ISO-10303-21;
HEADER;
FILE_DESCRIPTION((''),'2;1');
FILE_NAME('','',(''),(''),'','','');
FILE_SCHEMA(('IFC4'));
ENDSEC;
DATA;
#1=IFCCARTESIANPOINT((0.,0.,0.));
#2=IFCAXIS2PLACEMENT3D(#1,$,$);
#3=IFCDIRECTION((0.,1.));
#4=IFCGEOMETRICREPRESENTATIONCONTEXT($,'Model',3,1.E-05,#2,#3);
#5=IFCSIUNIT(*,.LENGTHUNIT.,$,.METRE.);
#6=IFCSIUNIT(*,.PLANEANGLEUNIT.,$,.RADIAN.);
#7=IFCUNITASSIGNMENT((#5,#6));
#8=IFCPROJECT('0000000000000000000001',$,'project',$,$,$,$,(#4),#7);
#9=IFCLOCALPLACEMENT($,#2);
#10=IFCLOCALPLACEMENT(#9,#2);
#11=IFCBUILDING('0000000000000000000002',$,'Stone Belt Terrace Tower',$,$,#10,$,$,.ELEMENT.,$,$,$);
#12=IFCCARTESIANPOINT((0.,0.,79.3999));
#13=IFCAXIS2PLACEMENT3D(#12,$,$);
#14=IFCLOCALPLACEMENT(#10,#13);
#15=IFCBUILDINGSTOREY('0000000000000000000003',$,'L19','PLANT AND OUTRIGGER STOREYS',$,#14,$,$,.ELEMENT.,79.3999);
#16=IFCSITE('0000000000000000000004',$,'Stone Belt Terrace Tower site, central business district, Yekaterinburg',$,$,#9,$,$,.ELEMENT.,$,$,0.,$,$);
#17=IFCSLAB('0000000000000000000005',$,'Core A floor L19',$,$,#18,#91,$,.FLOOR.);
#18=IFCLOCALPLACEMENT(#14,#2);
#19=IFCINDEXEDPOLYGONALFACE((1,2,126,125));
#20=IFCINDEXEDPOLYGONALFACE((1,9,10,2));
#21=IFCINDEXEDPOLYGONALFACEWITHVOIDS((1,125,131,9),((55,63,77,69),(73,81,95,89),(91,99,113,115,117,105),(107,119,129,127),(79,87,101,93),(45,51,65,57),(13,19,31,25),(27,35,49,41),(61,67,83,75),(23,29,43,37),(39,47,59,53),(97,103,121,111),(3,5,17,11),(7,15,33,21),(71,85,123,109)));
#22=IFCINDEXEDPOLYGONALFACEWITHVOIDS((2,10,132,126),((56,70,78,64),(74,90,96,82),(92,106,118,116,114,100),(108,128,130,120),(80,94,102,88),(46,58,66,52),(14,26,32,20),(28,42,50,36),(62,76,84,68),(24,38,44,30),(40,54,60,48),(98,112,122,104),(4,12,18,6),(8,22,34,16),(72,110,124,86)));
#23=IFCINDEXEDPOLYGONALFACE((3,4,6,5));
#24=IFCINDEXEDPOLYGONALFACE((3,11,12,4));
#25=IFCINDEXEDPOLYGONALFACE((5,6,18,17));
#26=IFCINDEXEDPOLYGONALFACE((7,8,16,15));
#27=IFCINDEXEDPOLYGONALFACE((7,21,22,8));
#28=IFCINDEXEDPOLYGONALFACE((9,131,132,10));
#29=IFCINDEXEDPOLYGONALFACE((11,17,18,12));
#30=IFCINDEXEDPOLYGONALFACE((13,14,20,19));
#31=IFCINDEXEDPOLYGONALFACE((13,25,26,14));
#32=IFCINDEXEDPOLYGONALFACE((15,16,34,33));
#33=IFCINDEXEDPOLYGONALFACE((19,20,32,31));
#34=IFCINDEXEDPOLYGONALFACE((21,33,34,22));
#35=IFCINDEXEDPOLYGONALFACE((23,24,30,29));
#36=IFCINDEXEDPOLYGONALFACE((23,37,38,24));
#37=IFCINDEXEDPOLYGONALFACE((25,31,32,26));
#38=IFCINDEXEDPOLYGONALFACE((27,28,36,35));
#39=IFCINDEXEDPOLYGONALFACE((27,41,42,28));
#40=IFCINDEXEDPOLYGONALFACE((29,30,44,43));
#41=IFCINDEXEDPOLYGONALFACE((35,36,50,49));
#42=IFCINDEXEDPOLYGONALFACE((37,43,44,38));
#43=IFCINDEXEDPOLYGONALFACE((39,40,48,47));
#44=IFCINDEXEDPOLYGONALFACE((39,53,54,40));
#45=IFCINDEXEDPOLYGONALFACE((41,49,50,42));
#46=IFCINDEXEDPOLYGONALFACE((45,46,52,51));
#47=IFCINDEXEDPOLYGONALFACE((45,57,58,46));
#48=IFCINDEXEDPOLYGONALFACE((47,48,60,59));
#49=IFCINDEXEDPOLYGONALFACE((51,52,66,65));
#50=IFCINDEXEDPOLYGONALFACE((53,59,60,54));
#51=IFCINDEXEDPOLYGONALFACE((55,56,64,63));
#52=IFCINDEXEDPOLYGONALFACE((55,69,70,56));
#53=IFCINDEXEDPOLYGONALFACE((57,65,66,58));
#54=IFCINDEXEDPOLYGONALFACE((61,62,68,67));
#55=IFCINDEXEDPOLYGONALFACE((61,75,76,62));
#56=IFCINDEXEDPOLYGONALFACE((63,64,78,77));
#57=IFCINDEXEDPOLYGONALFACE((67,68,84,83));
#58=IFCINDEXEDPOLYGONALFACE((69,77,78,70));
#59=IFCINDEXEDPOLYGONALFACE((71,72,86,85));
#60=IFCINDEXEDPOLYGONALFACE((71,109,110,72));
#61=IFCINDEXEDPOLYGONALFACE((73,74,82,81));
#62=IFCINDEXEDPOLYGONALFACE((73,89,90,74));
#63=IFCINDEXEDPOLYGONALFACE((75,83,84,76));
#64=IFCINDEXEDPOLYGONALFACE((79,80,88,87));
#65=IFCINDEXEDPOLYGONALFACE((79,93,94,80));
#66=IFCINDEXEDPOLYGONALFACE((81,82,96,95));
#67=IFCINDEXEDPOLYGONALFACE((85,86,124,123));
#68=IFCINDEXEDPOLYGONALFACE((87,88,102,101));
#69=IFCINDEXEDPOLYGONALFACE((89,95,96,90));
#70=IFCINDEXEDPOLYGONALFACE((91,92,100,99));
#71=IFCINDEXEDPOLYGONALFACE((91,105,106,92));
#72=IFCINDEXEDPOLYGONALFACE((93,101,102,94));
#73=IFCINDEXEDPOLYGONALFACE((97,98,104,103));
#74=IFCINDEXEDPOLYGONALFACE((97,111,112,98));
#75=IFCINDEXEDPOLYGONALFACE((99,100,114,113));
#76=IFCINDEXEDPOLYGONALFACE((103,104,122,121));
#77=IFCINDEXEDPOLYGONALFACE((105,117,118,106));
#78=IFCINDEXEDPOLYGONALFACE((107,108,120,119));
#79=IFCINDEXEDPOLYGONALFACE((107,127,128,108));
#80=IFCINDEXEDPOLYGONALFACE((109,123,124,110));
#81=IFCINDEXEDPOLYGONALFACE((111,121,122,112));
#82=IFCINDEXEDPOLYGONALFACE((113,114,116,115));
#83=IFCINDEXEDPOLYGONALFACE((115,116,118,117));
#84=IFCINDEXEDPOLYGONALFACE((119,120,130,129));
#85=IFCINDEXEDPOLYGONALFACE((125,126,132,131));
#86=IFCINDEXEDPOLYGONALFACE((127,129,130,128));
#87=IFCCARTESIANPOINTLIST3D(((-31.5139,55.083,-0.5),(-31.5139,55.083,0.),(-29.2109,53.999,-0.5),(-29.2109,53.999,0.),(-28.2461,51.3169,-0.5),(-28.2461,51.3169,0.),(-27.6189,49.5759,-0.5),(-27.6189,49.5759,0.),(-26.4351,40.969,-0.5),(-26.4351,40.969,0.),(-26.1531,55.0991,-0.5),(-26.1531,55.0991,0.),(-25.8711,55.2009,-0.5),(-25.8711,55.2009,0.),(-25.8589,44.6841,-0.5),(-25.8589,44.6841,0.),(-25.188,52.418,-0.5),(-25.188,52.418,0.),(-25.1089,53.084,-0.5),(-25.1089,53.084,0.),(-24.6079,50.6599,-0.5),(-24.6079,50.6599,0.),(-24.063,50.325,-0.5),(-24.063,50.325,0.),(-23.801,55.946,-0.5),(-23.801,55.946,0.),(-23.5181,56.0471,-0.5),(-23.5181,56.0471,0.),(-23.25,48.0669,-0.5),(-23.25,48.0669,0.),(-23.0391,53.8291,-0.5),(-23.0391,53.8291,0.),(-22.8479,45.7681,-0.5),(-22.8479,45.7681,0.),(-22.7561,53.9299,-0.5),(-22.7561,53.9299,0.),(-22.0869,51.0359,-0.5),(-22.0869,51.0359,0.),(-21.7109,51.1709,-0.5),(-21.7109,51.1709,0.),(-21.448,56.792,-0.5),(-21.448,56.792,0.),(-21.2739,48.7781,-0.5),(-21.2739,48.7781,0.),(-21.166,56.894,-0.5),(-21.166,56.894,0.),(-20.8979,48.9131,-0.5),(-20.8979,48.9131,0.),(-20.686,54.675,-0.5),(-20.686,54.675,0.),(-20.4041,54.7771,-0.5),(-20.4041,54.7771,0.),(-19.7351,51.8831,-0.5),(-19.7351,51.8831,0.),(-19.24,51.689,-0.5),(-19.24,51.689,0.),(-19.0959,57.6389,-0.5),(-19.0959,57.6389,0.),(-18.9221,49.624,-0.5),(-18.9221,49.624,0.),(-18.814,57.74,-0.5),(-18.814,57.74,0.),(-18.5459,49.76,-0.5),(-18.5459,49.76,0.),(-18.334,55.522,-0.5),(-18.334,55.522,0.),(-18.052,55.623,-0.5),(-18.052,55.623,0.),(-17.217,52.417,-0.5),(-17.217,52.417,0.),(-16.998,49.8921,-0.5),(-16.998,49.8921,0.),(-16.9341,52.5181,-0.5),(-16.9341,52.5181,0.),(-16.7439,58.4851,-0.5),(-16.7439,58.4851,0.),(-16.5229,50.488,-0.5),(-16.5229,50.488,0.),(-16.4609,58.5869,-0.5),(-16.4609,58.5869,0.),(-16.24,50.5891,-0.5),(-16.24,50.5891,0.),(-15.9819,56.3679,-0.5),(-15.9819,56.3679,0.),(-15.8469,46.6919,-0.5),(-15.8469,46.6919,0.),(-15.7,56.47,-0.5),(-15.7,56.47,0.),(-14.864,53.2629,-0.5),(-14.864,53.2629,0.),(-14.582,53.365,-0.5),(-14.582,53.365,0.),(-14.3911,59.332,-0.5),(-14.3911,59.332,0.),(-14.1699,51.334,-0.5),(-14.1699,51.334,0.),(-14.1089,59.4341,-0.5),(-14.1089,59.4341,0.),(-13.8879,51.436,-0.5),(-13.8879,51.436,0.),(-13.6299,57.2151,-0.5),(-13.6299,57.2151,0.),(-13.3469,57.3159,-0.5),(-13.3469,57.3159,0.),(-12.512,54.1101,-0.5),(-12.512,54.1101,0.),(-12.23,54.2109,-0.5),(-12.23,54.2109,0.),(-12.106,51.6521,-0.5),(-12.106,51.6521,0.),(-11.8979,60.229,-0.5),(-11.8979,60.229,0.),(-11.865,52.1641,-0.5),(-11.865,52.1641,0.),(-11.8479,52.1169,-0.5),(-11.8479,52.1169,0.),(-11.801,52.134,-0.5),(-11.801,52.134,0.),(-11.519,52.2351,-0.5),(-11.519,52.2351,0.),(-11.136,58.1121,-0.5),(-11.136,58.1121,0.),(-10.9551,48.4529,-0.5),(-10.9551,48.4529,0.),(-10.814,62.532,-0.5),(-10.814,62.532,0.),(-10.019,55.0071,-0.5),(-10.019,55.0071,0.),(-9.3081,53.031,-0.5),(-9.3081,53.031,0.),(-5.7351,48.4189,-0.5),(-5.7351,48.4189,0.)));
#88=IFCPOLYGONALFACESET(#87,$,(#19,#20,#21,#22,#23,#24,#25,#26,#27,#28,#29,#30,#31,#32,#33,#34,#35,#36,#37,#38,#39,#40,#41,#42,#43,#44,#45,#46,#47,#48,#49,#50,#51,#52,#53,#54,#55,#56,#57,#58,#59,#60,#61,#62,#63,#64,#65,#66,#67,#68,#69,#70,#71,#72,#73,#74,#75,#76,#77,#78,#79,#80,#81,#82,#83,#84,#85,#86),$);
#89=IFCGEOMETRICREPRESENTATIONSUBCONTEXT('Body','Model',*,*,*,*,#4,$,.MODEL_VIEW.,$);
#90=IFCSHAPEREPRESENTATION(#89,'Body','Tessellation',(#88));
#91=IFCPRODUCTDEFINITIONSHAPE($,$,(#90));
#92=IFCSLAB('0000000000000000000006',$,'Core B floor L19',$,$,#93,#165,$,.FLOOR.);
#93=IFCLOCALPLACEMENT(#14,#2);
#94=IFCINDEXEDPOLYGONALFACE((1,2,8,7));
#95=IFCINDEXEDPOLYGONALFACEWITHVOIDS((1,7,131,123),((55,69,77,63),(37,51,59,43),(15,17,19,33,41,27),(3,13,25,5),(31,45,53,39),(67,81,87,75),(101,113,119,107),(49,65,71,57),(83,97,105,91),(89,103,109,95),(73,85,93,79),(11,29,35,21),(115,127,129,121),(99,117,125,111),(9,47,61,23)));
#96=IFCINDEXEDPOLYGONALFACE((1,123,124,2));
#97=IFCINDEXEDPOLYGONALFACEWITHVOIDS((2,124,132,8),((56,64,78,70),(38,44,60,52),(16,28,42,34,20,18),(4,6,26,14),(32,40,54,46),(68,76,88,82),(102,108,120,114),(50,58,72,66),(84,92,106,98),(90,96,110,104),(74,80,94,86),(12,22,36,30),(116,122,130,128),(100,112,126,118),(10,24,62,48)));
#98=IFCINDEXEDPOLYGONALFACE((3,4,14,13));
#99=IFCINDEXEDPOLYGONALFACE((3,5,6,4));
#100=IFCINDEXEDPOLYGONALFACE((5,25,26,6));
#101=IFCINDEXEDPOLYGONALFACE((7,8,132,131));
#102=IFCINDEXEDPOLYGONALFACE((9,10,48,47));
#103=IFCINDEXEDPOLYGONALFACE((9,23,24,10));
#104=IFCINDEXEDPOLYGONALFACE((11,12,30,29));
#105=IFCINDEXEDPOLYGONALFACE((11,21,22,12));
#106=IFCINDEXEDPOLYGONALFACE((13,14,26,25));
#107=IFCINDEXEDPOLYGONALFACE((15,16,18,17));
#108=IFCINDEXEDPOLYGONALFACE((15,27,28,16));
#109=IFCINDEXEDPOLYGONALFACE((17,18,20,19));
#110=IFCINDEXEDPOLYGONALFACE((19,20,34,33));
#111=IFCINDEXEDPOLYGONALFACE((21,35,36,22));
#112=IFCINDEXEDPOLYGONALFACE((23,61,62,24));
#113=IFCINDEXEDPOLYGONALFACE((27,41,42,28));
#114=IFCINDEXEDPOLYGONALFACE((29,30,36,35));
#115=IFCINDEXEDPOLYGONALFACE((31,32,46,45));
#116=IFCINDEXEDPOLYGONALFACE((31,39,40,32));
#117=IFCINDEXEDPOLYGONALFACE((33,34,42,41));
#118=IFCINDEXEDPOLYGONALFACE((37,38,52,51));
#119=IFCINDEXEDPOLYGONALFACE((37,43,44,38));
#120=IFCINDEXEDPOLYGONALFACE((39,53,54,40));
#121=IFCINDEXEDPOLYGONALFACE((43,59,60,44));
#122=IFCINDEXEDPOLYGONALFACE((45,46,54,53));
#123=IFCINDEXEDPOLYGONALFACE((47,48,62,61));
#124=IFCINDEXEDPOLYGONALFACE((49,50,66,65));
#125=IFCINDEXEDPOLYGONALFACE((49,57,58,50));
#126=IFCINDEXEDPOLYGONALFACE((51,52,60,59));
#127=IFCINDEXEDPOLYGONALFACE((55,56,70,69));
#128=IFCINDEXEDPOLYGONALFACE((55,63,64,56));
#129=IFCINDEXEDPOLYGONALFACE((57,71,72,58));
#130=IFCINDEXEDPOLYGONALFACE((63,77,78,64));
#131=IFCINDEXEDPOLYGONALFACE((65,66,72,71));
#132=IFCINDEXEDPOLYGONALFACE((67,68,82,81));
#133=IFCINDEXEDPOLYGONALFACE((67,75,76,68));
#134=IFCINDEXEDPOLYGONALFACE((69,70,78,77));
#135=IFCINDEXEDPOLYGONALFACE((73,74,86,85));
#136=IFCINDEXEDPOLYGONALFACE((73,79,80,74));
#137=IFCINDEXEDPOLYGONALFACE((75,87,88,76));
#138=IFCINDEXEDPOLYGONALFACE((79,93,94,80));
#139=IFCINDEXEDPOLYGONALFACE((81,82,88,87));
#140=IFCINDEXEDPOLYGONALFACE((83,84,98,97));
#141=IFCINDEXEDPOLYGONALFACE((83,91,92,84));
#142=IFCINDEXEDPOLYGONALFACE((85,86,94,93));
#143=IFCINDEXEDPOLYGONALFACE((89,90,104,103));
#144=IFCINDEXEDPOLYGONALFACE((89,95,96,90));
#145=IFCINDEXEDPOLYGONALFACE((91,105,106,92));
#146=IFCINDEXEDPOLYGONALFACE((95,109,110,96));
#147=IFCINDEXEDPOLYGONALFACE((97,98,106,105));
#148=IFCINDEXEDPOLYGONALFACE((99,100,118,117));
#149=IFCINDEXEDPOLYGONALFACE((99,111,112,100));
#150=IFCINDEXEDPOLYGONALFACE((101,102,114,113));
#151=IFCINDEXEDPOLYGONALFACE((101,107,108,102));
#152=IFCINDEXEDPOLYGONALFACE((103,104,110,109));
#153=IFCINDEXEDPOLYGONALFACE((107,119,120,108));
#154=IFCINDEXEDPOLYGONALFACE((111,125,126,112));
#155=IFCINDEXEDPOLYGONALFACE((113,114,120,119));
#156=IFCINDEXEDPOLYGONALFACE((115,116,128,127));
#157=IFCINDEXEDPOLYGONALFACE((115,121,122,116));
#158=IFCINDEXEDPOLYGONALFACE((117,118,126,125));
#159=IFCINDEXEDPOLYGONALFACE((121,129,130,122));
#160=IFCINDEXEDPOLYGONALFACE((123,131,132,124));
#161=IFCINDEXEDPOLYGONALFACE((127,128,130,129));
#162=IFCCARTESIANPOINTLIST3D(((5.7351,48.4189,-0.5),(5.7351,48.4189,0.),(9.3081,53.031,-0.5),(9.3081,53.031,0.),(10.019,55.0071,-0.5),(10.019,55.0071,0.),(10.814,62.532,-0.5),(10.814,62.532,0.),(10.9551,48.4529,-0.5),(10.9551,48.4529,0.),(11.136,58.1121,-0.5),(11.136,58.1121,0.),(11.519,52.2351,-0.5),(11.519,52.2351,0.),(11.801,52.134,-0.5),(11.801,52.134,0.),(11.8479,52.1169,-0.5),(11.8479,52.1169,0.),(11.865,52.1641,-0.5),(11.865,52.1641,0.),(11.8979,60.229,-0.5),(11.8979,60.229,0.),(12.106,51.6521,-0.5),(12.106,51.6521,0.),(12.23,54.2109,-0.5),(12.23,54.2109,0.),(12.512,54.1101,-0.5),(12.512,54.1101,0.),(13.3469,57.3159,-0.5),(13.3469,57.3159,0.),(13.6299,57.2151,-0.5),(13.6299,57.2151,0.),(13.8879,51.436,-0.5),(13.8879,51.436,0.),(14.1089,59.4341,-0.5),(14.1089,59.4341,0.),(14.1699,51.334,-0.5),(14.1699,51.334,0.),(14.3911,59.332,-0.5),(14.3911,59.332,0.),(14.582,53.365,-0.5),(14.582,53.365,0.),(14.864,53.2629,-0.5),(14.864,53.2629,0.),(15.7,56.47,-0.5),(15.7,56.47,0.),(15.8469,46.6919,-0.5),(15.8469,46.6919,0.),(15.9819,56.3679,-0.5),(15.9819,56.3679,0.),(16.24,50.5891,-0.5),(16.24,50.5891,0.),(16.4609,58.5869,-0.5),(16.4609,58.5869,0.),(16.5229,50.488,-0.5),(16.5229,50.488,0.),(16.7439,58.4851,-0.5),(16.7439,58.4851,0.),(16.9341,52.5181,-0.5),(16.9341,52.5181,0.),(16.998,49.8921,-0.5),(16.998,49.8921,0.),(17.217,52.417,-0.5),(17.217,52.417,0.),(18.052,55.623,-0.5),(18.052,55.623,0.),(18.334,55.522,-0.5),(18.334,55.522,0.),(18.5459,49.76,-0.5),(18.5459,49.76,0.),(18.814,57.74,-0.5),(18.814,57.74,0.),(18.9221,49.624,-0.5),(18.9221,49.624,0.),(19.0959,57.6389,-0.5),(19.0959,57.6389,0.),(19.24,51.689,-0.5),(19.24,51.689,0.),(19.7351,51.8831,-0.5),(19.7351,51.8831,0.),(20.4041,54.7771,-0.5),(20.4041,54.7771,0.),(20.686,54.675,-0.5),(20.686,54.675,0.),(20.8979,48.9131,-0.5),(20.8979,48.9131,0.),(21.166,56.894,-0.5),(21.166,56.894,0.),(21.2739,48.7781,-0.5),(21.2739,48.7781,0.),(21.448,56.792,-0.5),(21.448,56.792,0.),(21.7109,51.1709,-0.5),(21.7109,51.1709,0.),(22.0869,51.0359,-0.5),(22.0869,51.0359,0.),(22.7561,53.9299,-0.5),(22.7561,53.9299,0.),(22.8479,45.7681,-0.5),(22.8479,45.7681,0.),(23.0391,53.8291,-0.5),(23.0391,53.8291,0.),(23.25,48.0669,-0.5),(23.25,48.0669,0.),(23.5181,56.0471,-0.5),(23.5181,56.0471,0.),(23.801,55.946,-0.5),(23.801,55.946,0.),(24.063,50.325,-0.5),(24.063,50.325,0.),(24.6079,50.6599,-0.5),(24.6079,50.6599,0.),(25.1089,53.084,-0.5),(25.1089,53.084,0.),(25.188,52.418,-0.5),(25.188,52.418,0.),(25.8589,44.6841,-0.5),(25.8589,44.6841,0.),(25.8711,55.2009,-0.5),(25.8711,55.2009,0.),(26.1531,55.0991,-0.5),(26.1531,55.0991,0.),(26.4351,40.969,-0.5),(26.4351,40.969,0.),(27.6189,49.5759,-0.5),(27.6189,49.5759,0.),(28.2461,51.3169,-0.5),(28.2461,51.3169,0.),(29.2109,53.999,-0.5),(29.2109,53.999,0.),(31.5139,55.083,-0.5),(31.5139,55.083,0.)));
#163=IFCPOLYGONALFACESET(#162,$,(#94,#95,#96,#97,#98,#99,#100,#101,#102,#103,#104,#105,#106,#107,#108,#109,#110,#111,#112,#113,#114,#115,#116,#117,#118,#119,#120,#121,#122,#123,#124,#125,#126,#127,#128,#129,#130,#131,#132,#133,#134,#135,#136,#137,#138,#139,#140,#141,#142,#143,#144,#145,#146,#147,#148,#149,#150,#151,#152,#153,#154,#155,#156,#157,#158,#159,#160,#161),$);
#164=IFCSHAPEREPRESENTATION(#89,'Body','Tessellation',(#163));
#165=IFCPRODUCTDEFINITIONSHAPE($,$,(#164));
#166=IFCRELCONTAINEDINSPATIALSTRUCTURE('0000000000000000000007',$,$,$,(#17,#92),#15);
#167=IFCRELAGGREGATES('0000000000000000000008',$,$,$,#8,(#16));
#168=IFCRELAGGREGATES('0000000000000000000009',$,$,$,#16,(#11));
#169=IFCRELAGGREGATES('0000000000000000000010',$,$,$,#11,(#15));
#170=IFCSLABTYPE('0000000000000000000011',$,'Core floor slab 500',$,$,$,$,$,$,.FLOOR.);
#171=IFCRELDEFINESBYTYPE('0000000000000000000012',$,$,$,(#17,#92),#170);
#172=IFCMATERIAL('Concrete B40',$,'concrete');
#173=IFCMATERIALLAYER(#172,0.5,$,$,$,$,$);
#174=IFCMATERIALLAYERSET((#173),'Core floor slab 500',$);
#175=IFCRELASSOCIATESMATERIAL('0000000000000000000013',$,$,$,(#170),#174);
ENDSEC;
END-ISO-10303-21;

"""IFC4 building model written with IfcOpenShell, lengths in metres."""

from ifc_helpers import new_model, si_unit, direction, frame, origin, place, context, subcontext, project, spatial, polyline, outline, extrude, material, layer, layer_set, type_object, element, save


model = new_model("IFC4")

# Units and contexts
model_context = context("Model", 3, precision=1e-05, world=origin(), true_north=direction((0.0, 1.0)))
body_context = subcontext(model_context, "Body", "Model", "MODEL_VIEW")
ifc_project = project(units=[si_unit("LENGTHUNIT", "METRE"), si_unit("PLANEANGLEUNIT", "RADIAN")], contexts=[model_context])

# Site, building, storey
site_placement = place(None, origin())
site = spatial("IfcSite", under=ifc_project, at=site_placement, Name="Stone Belt Terrace Tower site, central business district, Yekaterinburg", CompositionType="ELEMENT", RefElevation=0.0)
building_placement = place(site_placement, origin())
building = spatial("IfcBuilding", under=site, at=building_placement, Name="Stone Belt Terrace Tower", CompositionType="ELEMENT")
storey_placement = place(building_placement, frame((0.0, 0.0, 79.3999)))
storey = spatial("IfcBuildingStorey", under=building, at=storey_placement, Name="L19", Description="PLANT AND OUTRIGGER STOREYS", CompositionType="ELEMENT", Elevation=79.3999)

# Slabs
ifc_material = material(Name="Concrete B40", Category="concrete")
ifc_layer_1 = layer(ifc_material, 0.5)
ifc_layer_set_1 = layer_set([ifc_layer_1], Name="Core floor slab 500")
slab_type_1 = type_object("IfcSlabType", Name="Core floor slab 500", PredefinedType="FLOOR", material=ifc_layer_set_1)
slab_1_placement = place(storey_placement, frame((0.0, 0.0, -0.5)))
element("IfcSlab", 1, at=slab_1_placement, inside=storey, type_object=slab_type_1, Name="Core A floor L19", PredefinedType="FLOOR", context=body_context, shape_type="SweptSolid", body=[
    extrude(outline(polyline([(-26.4351, 40.969), (-5.7351, 48.4189), (-10.814, 62.532), (-31.5139, 55.083), (-26.4351, 40.969)]), holes=[polyline([(-24.6079, 50.6599), (-22.8479, 45.7681), (-25.8589, 44.6841), (-27.6189, 49.5759), (-24.6079, 50.6599)]), polyline([(-21.2739, 48.7781), (-23.25, 48.0669), (-24.063, 50.325), (-22.0869, 51.0359), (-21.2739, 48.7781)]), polyline([(-19.7351, 51.8831), (-18.9221, 49.624), (-20.8979, 48.9131), (-21.7109, 51.1709), (-19.7351, 51.8831)]), polyline([(-18.5459, 49.76), (-19.24, 51.689), (-17.217, 52.417), (-16.5229, 50.488), (-18.5459, 49.76)]), polyline([(-29.2109, 53.999), (-26.1531, 55.0991), (-25.188, 52.418), (-28.2461, 51.3169), (-29.2109, 53.999)]), polyline([(-23.801, 55.946), (-23.0391, 53.8291), (-25.1089, 53.084), (-25.8711, 55.2009), (-23.801, 55.946)]), polyline([(-21.448, 56.792), (-20.686, 54.675), (-22.7561, 53.9299), (-23.5181, 56.0471), (-21.448, 56.792)]), polyline([(-19.0959, 57.6389), (-18.334, 55.522), (-20.4041, 54.7771), (-21.166, 56.894), (-19.0959, 57.6389)]), polyline([(-15.8469, 46.6919), (-16.998, 49.8921), (-12.106, 51.6521), (-10.9551, 48.4529), (-15.8469, 46.6919)]), polyline([(-14.1699, 51.334), (-16.24, 50.5891), (-16.9341, 52.5181), (-14.864, 53.2629), (-14.1699, 51.334)]), polyline([(-11.801, 52.134), (-11.8479, 52.1169), (-11.865, 52.1641), (-13.8879, 51.436), (-14.582, 53.365), (-12.512, 54.1101), (-11.801, 52.134)]), polyline([(-9.3081, 53.031), (-11.519, 52.2351), (-12.23, 54.2109), (-10.019, 55.0071), (-9.3081, 53.031)]), polyline([(-16.7439, 58.4851), (-15.9819, 56.3679), (-18.052, 55.623), (-18.814, 57.74), (-16.7439, 58.4851)]), polyline([(-14.3911, 59.332), (-13.6299, 57.2151), (-15.7, 56.47), (-16.4609, 58.5869), (-14.3911, 59.332)]), polyline([(-11.8979, 60.229), (-11.136, 58.1121), (-13.3469, 57.3159), (-14.1089, 59.4341), (-11.8979, 60.229)])]), origin(), (0.0, 0.0, 1.0), 0.5),
])
slab_2_placement = place(storey_placement, frame((0.0, 0.0, -0.5)))
element("IfcSlab", 2, at=slab_2_placement, inside=storey, type_object=slab_type_1, Name="Core B floor L19", PredefinedType="FLOOR", context=body_context, shape_type="SweptSolid", body=[
    extrude(outline(polyline([(26.4351, 40.969), (31.5139, 55.083), (10.814, 62.532), (5.7351, 48.4189), (26.4351, 40.969)]), holes=[polyline([(12.106, 51.6521), (16.998, 49.8921), (15.8469, 46.6919), (10.9551, 48.4529), (12.106, 51.6521)]), polyline([(18.5459, 49.76), (16.5229, 50.488), (17.217, 52.417), (19.24, 51.689), (18.5459, 49.76)]), polyline([(14.1699, 51.334), (14.864, 53.2629), (16.9341, 52.5181), (16.24, 50.5891), (14.1699, 51.334)]), polyline([(14.582, 53.365), (13.8879, 51.436), (11.865, 52.1641), (11.8479, 52.1169), (11.801, 52.134), (12.512, 54.1101), (14.582, 53.365)]), polyline([(9.3081, 53.031), (10.019, 55.0071), (12.23, 54.2109), (11.519, 52.2351), (9.3081, 53.031)]), polyline([(16.7439, 58.4851), (18.814, 57.74), (18.052, 55.623), (15.9819, 56.3679), (16.7439, 58.4851)]), polyline([(14.3911, 59.332), (16.4609, 58.5869), (15.7, 56.47), (13.6299, 57.2151), (14.3911, 59.332)]), polyline([(11.8979, 60.229), (14.1089, 59.4341), (13.3469, 57.3159), (11.136, 58.1121), (11.8979, 60.229)]), polyline([(25.8589, 44.6841), (22.8479, 45.7681), (24.6079, 50.6599), (27.6189, 49.5759), (25.8589, 44.6841)]), polyline([(21.2739, 48.7781), (22.0869, 51.0359), (24.063, 50.325), (23.25, 48.0669), (21.2739, 48.7781)]), polyline([(19.7351, 51.8831), (21.7109, 51.1709), (20.8979, 48.9131), (18.9221, 49.624), (19.7351, 51.8831)]), polyline([(29.2109, 53.999), (28.2461, 51.3169), (25.188, 52.418), (26.1531, 55.0991), (29.2109, 53.999)]), polyline([(23.801, 55.946), (25.8711, 55.2009), (25.1089, 53.084), (23.0391, 53.8291), (23.801, 55.946)]), polyline([(21.448, 56.792), (23.5181, 56.0471), (22.7561, 53.9299), (20.686, 54.675), (21.448, 56.792)]), polyline([(19.0959, 57.6389), (21.166, 56.894), (20.4041, 54.7771), (18.334, 55.522), (19.0959, 57.6389)])]), origin(), (0.0, 0.0, 1.0), 0.5),
])

save(model, "model.ifc")
